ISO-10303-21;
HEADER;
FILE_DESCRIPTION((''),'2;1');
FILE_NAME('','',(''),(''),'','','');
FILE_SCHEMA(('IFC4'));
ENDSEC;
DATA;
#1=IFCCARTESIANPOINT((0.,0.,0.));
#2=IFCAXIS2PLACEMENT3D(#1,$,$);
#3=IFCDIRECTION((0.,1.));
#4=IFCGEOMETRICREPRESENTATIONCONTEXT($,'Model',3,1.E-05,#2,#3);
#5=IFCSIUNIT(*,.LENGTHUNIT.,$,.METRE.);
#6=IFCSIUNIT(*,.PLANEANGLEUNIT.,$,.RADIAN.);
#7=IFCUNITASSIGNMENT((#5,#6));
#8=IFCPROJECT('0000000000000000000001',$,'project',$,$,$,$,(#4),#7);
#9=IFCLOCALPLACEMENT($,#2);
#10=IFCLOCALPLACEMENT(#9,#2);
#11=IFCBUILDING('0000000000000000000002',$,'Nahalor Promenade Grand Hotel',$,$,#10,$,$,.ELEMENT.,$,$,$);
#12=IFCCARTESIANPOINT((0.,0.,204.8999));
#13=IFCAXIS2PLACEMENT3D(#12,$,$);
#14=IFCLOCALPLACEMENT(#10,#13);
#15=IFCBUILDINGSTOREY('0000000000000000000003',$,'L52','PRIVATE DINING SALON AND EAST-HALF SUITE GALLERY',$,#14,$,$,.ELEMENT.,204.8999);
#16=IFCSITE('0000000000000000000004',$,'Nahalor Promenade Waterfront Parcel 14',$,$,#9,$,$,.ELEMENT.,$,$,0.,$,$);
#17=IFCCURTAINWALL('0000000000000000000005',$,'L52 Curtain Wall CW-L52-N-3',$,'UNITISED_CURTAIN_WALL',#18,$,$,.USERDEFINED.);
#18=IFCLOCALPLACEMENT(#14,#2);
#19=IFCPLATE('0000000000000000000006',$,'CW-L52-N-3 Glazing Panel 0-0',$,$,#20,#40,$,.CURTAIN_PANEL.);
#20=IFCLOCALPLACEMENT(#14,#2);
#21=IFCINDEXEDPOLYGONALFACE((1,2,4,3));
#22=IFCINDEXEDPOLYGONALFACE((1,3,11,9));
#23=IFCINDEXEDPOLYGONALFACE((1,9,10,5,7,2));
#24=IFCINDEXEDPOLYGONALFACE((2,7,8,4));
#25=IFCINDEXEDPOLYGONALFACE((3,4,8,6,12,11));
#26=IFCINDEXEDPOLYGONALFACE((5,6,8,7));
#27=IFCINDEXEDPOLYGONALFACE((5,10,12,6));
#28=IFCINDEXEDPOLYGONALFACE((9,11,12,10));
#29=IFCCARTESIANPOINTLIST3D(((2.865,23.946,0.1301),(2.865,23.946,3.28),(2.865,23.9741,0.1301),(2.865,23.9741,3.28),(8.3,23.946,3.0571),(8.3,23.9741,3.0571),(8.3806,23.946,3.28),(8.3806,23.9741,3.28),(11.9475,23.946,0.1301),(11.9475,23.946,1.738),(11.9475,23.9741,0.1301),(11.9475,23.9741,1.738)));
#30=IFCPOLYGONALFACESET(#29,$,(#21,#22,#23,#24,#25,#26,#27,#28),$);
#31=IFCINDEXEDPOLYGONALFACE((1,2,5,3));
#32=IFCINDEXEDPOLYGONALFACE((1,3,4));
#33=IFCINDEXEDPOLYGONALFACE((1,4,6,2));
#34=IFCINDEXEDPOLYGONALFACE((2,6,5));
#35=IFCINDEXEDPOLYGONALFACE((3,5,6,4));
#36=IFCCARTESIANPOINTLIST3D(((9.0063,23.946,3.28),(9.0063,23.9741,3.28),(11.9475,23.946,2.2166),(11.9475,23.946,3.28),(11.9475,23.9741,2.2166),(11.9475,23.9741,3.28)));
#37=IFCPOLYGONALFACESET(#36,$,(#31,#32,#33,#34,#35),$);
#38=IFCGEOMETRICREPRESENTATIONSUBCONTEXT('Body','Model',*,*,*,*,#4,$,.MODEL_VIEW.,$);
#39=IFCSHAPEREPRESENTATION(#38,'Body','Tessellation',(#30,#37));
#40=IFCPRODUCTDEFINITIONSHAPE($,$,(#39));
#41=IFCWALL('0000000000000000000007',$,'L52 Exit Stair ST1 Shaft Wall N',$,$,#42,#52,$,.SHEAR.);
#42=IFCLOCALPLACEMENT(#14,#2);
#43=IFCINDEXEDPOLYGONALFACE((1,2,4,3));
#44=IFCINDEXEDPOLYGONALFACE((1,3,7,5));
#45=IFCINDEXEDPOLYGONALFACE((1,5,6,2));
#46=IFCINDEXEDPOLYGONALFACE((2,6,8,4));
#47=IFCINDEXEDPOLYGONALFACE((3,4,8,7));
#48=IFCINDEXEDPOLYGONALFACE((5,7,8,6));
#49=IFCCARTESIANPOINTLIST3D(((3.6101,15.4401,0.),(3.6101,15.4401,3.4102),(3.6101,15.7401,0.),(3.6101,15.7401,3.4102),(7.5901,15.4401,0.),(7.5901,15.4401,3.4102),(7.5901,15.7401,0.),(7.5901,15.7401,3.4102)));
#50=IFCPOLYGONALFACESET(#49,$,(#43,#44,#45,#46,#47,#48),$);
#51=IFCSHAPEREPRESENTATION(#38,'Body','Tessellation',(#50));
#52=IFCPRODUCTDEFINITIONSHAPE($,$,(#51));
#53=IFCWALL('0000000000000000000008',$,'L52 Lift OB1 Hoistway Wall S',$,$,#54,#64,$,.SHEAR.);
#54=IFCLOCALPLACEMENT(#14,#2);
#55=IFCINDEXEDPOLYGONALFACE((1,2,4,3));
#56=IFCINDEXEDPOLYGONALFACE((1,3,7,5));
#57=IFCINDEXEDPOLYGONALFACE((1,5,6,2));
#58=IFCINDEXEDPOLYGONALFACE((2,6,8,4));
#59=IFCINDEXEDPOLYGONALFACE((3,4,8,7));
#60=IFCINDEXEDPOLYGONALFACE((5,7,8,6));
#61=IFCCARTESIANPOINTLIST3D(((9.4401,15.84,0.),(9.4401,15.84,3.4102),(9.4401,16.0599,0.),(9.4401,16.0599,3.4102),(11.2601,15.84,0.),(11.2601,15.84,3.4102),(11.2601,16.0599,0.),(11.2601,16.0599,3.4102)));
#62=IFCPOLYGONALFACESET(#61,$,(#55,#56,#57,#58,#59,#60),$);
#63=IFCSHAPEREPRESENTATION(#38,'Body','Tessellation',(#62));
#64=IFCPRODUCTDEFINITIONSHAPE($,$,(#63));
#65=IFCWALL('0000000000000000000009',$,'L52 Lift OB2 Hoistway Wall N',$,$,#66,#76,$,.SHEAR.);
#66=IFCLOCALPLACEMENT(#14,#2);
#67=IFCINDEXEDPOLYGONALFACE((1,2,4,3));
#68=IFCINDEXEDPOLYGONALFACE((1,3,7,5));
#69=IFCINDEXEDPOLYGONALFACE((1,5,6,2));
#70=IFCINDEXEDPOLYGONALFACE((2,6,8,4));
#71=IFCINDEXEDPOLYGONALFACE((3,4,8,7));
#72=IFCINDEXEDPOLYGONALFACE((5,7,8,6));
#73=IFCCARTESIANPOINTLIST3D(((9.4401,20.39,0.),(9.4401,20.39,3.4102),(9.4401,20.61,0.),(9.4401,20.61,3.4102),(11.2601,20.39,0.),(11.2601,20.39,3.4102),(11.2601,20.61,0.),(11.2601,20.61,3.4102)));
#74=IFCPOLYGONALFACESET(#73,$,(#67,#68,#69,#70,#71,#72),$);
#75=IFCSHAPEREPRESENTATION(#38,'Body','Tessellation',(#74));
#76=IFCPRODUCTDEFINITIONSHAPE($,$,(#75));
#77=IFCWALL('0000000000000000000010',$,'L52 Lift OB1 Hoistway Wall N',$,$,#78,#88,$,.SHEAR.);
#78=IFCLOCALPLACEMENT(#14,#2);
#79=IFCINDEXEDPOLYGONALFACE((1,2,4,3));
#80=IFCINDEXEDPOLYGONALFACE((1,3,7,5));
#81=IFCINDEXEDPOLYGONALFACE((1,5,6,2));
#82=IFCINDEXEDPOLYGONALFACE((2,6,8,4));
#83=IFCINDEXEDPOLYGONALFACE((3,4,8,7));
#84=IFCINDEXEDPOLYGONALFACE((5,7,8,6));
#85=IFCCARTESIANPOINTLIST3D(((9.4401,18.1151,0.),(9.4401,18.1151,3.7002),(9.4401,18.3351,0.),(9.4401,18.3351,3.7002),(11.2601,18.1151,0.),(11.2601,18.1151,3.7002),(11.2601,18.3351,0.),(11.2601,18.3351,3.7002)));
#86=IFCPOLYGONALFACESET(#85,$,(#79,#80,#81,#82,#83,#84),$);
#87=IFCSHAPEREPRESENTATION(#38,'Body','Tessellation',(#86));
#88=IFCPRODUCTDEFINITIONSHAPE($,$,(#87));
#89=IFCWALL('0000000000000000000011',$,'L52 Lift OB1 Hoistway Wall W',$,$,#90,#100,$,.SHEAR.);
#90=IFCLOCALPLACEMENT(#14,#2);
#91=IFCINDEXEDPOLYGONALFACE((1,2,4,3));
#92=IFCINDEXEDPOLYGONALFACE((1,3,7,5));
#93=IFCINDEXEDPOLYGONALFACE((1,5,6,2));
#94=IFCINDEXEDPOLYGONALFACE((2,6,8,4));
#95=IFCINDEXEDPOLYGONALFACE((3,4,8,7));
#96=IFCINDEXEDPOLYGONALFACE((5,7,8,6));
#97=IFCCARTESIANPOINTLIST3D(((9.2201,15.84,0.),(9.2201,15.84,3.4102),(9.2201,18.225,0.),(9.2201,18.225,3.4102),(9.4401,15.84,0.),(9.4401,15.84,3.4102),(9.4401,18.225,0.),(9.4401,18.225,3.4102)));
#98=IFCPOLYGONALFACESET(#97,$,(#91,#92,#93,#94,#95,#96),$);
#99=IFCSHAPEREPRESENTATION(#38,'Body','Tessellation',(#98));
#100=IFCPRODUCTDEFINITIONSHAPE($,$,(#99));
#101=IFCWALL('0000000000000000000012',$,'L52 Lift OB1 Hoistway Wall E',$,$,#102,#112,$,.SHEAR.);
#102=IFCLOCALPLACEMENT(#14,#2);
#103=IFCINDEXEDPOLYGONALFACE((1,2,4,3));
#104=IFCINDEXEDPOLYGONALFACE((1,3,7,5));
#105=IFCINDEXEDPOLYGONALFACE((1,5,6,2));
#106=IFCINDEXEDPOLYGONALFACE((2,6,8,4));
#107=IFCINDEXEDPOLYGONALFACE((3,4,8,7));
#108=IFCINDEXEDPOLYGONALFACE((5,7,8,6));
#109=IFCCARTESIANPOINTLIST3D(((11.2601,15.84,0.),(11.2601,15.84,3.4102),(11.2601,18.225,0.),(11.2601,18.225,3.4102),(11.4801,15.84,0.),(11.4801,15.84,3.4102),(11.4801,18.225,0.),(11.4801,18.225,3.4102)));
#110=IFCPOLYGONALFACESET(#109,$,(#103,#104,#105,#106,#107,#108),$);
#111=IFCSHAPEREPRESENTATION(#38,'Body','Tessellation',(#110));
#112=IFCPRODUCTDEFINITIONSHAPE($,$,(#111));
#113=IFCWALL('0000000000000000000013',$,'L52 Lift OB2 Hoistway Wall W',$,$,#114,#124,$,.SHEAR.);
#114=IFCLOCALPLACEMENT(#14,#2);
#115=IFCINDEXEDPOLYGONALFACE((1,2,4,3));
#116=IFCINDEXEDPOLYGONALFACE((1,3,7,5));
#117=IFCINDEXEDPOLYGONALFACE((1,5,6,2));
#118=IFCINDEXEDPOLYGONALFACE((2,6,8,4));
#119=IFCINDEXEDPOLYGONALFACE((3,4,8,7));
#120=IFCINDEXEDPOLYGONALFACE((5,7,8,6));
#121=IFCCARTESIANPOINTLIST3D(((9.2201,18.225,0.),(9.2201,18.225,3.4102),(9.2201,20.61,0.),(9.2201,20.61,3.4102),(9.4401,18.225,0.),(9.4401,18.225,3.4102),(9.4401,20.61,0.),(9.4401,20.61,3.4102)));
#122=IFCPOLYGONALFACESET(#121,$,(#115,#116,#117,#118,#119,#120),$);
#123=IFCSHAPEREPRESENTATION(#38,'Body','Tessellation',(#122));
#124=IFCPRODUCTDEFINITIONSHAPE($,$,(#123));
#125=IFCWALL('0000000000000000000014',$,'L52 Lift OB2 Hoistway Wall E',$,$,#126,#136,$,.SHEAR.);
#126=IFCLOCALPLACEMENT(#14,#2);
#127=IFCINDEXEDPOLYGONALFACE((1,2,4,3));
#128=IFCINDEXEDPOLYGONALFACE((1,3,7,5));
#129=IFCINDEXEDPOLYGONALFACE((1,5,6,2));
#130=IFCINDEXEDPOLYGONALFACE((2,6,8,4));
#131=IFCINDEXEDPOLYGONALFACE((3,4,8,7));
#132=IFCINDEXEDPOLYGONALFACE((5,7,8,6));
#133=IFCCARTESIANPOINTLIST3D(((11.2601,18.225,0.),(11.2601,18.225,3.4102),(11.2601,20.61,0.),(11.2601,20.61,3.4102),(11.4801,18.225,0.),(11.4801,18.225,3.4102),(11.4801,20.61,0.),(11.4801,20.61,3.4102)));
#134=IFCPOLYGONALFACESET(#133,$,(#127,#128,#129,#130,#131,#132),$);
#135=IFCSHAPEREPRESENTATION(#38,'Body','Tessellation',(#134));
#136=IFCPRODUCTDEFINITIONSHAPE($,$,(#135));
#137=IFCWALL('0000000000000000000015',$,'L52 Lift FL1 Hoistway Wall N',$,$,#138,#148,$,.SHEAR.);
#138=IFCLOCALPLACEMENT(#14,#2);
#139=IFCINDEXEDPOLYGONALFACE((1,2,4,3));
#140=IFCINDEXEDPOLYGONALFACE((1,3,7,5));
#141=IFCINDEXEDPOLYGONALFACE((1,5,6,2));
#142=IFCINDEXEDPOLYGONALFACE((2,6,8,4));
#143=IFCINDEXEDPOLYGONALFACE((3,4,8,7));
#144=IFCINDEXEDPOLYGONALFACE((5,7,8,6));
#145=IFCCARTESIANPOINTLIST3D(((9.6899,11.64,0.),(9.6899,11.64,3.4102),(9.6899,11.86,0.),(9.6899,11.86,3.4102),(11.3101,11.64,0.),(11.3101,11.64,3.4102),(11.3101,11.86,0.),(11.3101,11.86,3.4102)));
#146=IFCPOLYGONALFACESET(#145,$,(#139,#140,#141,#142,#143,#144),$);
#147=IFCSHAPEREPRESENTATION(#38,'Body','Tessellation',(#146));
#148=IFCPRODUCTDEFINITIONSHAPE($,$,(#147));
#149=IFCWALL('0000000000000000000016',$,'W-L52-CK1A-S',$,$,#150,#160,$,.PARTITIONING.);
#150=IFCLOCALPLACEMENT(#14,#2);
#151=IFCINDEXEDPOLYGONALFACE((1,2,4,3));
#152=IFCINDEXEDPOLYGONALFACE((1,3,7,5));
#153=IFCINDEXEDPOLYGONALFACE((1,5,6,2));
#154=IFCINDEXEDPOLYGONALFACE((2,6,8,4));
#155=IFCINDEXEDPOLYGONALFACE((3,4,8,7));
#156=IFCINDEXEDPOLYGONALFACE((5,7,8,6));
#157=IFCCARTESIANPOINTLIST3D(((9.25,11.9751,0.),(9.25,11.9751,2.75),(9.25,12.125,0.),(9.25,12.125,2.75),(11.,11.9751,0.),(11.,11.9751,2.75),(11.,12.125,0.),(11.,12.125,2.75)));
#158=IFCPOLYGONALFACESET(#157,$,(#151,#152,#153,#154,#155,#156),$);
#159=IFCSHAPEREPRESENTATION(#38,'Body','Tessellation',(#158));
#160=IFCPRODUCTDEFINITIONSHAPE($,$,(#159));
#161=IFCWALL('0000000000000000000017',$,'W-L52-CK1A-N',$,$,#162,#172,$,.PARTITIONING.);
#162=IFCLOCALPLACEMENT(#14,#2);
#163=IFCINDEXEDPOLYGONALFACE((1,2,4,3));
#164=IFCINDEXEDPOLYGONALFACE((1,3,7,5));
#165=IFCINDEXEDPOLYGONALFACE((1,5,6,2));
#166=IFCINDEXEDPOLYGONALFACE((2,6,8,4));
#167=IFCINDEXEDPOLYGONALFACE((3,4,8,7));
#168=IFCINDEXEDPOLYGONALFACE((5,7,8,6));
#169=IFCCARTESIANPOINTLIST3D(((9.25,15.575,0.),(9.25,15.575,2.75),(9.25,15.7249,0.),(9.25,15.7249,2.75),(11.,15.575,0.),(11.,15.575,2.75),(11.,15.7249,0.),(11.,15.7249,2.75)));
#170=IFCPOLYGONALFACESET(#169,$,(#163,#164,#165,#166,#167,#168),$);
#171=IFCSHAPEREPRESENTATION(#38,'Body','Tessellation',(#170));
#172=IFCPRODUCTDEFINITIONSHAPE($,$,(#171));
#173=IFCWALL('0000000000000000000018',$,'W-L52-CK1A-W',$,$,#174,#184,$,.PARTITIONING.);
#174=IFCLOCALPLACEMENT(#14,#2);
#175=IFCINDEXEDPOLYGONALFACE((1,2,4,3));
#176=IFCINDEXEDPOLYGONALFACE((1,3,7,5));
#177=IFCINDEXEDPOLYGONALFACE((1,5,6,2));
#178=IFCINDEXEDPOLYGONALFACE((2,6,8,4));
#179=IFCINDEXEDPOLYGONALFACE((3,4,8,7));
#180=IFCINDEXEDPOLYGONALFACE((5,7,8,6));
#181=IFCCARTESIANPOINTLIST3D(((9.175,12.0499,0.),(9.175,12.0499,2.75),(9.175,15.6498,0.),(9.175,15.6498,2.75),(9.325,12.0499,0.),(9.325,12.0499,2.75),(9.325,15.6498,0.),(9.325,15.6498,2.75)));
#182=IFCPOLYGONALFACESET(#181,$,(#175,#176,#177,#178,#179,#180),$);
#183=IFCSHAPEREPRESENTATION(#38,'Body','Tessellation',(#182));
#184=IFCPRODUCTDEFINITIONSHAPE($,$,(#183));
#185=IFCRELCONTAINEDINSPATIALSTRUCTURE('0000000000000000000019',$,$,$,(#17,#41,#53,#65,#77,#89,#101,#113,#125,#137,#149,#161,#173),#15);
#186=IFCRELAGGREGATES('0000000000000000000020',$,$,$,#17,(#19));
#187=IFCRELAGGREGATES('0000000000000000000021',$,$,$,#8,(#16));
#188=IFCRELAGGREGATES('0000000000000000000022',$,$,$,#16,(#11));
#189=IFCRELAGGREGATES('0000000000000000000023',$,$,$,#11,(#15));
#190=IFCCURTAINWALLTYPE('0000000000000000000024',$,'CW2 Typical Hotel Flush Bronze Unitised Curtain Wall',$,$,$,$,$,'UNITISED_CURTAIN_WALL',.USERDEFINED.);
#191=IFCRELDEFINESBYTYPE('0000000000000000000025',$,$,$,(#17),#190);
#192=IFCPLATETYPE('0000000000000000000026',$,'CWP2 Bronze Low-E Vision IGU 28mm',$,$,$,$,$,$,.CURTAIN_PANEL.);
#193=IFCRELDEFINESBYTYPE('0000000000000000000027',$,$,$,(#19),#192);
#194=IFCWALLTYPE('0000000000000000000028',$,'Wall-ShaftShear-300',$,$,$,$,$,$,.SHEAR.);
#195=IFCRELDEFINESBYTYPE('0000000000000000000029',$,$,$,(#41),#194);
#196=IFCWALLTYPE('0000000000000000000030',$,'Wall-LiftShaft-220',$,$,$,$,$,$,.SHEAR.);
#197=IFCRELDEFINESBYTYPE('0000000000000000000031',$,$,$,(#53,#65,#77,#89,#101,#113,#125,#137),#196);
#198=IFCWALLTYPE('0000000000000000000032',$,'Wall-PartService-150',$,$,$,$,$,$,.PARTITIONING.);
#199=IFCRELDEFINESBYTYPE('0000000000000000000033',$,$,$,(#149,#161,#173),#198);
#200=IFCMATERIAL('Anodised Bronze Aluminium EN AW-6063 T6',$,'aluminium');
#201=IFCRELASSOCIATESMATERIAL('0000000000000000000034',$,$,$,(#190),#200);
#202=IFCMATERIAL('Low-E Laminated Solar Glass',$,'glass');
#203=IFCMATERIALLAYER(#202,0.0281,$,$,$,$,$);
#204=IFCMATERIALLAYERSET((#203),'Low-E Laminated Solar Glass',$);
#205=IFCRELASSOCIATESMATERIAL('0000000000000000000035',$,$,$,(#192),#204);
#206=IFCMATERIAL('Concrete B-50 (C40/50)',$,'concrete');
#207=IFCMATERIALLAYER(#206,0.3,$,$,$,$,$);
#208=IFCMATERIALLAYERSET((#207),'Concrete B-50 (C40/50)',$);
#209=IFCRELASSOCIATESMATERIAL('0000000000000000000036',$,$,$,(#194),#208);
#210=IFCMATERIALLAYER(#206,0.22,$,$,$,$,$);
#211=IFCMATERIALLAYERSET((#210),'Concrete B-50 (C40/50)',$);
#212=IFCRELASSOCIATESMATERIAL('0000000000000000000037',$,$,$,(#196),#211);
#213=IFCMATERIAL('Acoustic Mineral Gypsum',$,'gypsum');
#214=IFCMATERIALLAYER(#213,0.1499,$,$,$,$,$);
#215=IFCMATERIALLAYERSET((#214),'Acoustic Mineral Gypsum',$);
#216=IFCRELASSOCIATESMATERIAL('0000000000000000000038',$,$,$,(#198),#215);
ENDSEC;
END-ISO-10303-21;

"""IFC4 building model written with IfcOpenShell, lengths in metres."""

from ifc_helpers import new_model, si_unit, direction, frame, frame_2d, origin, place, context, subcontext, project, spatial, polyline, rectangle, outline, extrude, source, transform, mapped, material, layer, layer_set, type_object, element, aggregate, save


model = new_model("IFC4")

# Units and contexts
model_context = context("Model", 3, precision=1e-05, world=origin(), true_north=direction((0.0, 1.0)))
body_context = subcontext(model_context, "Body", "Model", "MODEL_VIEW")
ifc_project = project(units=[si_unit("LENGTHUNIT", "METRE"), si_unit("PLANEANGLEUNIT", "RADIAN")], contexts=[model_context])

# Site, building, storey
site_placement = place(None, origin())
site = spatial("IfcSite", under=ifc_project, at=site_placement, Name="Nahalor Promenade Waterfront Parcel 14", CompositionType="ELEMENT", RefElevation=0.0)
building_placement = place(site_placement, origin())
building = spatial("IfcBuilding", under=site, at=building_placement, Name="Nahalor Promenade Grand Hotel", CompositionType="ELEMENT")
storey_placement = place(building_placement, frame((0.0, 0.0, 204.8999)))
storey = spatial("IfcBuildingStorey", under=building, at=storey_placement, Name="L52", Description="PRIVATE DINING SALON AND EAST-HALF SUITE GALLERY", CompositionType="ELEMENT", Elevation=204.8999)

# Curtain wall, plate
ifc_material_1 = material(Name="Anodised Bronze Aluminium EN AW-6063 T6", Category="aluminium")
curtain_wall_type = type_object("IfcCurtainWallType", Name="CW2 Typical Hotel Flush Bronze Unitised Curtain Wall", ElementType="UNITISED_CURTAIN_WALL", PredefinedType="USERDEFINED", material=ifc_material_1)
curtain_wall_placement = place(storey_placement, origin())
curtain_wall = element("IfcCurtainWall", 1, at=curtain_wall_placement, inside=storey, type_object=curtain_wall_type, Name="L52 Curtain Wall CW-L52-N-3", ObjectType="UNITISED_CURTAIN_WALL", PredefinedType="USERDEFINED")
ifc_material_2 = material(Name="Low-E Laminated Solar Glass", Category="glass")
ifc_layer_1 = layer(ifc_material_2, 0.0281)
ifc_layer_set_1 = layer_set([ifc_layer_1], Name="Low-E Laminated Solar Glass")
plate_type = type_object("IfcPlateType", Name="CWP2 Bronze Low-E Vision IGU 28mm", PredefinedType="CURTAIN_PANEL", material=ifc_layer_set_1)
plate_placement = place(storey_placement, frame((7.4062, 23.96, 0.1301), z_axis=(0.0, 0.0, 1.0), x_axis=(1.0, 0.0, 0.0)))
plate = element("IfcPlate", 2, at=plate_placement, type_object=plate_type, Name="CW-L52-N-3 Glazing Panel 0-0", PredefinedType="CURTAIN_PANEL", context=body_context, shape_type="SweptSolid", body=[
    extrude(outline(polyline([(-4.5413, 0.0), (4.5413, 0.0), (4.5413, 1.6079), (0.8938, 2.927), (0.9744, 3.1499), (-4.5413, 3.1499), (-4.5413, 0.0)])), frame((0.0, 0.0142, 0.0), z_axis=(0.0, -1.0, 0.0), x_axis=(1.0, 0.0, 0.0)), (0.0, 0.0, 1.0), 0.0281),
    extrude(outline(polyline([(4.5413, 2.0864), (4.5413, 3.1499), (1.6001, 3.1499), (4.5413, 2.0864)])), frame((0.0, 0.0142, 0.0), z_axis=(0.0, -1.0, 0.0), x_axis=(1.0, 0.0, 0.0)), (0.0, 0.0, 1.0), 0.0281),
])
aggregate(curtain_wall, [plate])

# Walls
ifc_material_3 = material(Name="Concrete B-50 (C40/50)", Category="concrete")
ifc_layer_2 = layer(ifc_material_3, 0.3)
ifc_layer_set_2 = layer_set([ifc_layer_2], Name="Concrete B-50 (C40/50)")
wall_type_1 = type_object("IfcWallType", Name="Wall-ShaftShear-300", PredefinedType="SHEAR", material=ifc_layer_set_2)
shared_shape_1 = source(origin(), body_context, "Body", "SweptSolid", [
    extrude(rectangle(XDim=3.98, YDim=0.3, at=frame_2d((1.99, 0.0))), origin(), (0.0, 0.0, 1.0), 3.4102),
])
wall_1_placement = place(storey_placement, frame((3.6101, 15.5901, 0.0), z_axis=(0.0, 0.0, 1.0), x_axis=(1.0, 0.0, 0.0)))
element("IfcWall", 3, at=wall_1_placement, inside=storey, type_object=wall_type_1, Name="L52 Exit Stair ST1 Shaft Wall N", PredefinedType="SHEAR", context=body_context, shape_type="MappedRepresentation", body=[
    mapped(shared_shape_1, transform((0.0, 0.0, 0.0), scale=1.0)),
])
ifc_layer_3 = layer(ifc_material_3, 0.22)
ifc_layer_set_3 = layer_set([ifc_layer_3], Name="Concrete B-50 (C40/50)")
wall_type_2 = type_object("IfcWallType", Name="Wall-LiftShaft-220", PredefinedType="SHEAR", material=ifc_layer_set_3)
shared_shape_2 = source(origin(), body_context, "Body", "SweptSolid", [
    extrude(rectangle(XDim=1.8201, YDim=0.22, at=frame_2d((0.9102, 0.0))), origin(), (0.0, 0.0, 1.0), 3.4102),
])
for number, where, z_axis, x_axis, name in (
    (4, (9.4399, 15.95, 0.0), (0.0, 0.0, 1.0), (1.0, 0.0, 0.0), "L52 Lift OB1 Hoistway Wall S"),
    (5, (9.4399, 20.5, 0.0), (0.0, 0.0, 1.0), (1.0, 0.0, 0.0), "L52 Lift OB2 Hoistway Wall N"),
):
    element("IfcWall", number, at=place(storey_placement, frame(where, z_axis=z_axis, x_axis=x_axis)), inside=storey, type_object=wall_type_2, Name=name, PredefinedType="SHEAR", context=body_context, shape_type="MappedRepresentation", body=[
        mapped(shared_shape_2, transform((0.0, 0.0, 0.0), scale=1.0)),
    ])
shared_shape_3 = source(origin(), body_context, "Body", "SweptSolid", [
    extrude(rectangle(XDim=1.8201, YDim=0.22, at=frame_2d((0.9102, 0.0))), origin(), (0.0, 0.0, 1.0), 3.7002),
])
wall_2_placement = place(storey_placement, frame((9.4399, 18.2251, 0.0), z_axis=(0.0, 0.0, 1.0), x_axis=(1.0, 0.0, 0.0)))
element("IfcWall", 6, at=wall_2_placement, inside=storey, type_object=wall_type_2, Name="L52 Lift OB1 Hoistway Wall N", PredefinedType="SHEAR", context=body_context, shape_type="MappedRepresentation", body=[
    mapped(shared_shape_3, transform((0.0, 0.0, 0.0), scale=1.0)),
])
shared_shape_4 = source(origin(), body_context, "Body", "SweptSolid", [
    extrude(rectangle(XDim=2.385, YDim=0.22, at=frame_2d((1.1924, 0.0))), origin(), (0.0, 0.0, 1.0), 3.4102),
])
for number, where, z_axis, x_axis, name in (
    (7, (9.3301, 15.8401, 0.0), (0.0, 0.0, 1.0), (0.0, 1.0, 0.0), "L52 Lift OB1 Hoistway Wall W"),
    (8, (11.3701, 15.8401, 0.0), (0.0, 0.0, 1.0), (0.0, 1.0, 0.0), "L52 Lift OB1 Hoistway Wall E"),
    (9, (9.3301, 18.2251, 0.0), (0.0, 0.0, 1.0), (0.0, 1.0, 0.0), "L52 Lift OB2 Hoistway Wall W"),
    (10, (11.3701, 18.2251, 0.0), (0.0, 0.0, 1.0), (0.0, 1.0, 0.0), "L52 Lift OB2 Hoistway Wall E"),
):
    element("IfcWall", number, at=place(storey_placement, frame(where, z_axis=z_axis, x_axis=x_axis)), inside=storey, type_object=wall_type_2, Name=name, PredefinedType="SHEAR", context=body_context, shape_type="MappedRepresentation", body=[
        mapped(shared_shape_4, transform((0.0, 0.0, 0.0), scale=1.0)),
    ])
shared_shape_5 = source(origin(), body_context, "Body", "SweptSolid", [
    extrude(rectangle(XDim=1.6201, YDim=0.22, at=frame_2d((0.8101, 0.0))), origin(), (0.0, 0.0, 1.0), 3.4102),
])
wall_3_placement = place(storey_placement, frame((9.6899, 11.75, 0.0), z_axis=(0.0, 0.0, 1.0), x_axis=(1.0, 0.0, 0.0)))
element("IfcWall", 11, at=wall_3_placement, inside=storey, type_object=wall_type_2, Name="L52 Lift FL1 Hoistway Wall N", PredefinedType="SHEAR", context=body_context, shape_type="MappedRepresentation", body=[
    mapped(shared_shape_5, transform((0.0, 0.0, 0.0), scale=1.0)),
])
ifc_material_4 = material(Name="Acoustic Mineral Gypsum", Category="gypsum")
ifc_layer_4 = layer(ifc_material_4, 0.1499)
ifc_layer_set_4 = layer_set([ifc_layer_4], Name="Acoustic Mineral Gypsum")
wall_type_3 = type_object("IfcWallType", Name="Wall-PartService-150", PredefinedType="PARTITIONING", material=ifc_layer_set_4)
shared_shape_6 = source(origin(), body_context, "Body", "SweptSolid", [
    extrude(rectangle(XDim=1.75, YDim=0.1499, at=frame_2d((0.875, 0.0))), origin(), (0.0, 0.0, 1.0), 2.75),
])
for number, where, z_axis, x_axis, name in (
    (12, (9.25, 12.05, 0.0), (0.0, 0.0, 1.0), (1.0, 0.0, 0.0), "W-L52-CK1A-S"),
    (13, (9.25, 15.6499, 0.0), (0.0, 0.0, 1.0), (1.0, 0.0, 0.0), "W-L52-CK1A-N"),
):
    element("IfcWall", number, at=place(storey_placement, frame(where, z_axis=z_axis, x_axis=x_axis)), inside=storey, type_object=wall_type_3, Name=name, PredefinedType="PARTITIONING", context=body_context, shape_type="MappedRepresentation", body=[
        mapped(shared_shape_6, transform((0.0, 0.0, 0.0), scale=1.0)),
    ])
shared_shape_7 = source(origin(), body_context, "Body", "SweptSolid", [
    extrude(rectangle(XDim=3.5999, YDim=0.1499, at=frame_2d((1.7998, 0.0))), origin(), (0.0, 0.0, 1.0), 2.75),
])
wall_4_placement = place(storey_placement, frame((9.25, 12.05, 0.0), z_axis=(0.0, 0.0, 1.0), x_axis=(0.0, 1.0, 0.0)))
element("IfcWall", 14, at=wall_4_placement, inside=storey, type_object=wall_type_3, Name="W-L52-CK1A-W", PredefinedType="PARTITIONING", context=body_context, shape_type="MappedRepresentation", body=[
    mapped(shared_shape_7, transform((0.0, 0.0, 0.0), scale=1.0)),
])

save(model, "model.ifc")
